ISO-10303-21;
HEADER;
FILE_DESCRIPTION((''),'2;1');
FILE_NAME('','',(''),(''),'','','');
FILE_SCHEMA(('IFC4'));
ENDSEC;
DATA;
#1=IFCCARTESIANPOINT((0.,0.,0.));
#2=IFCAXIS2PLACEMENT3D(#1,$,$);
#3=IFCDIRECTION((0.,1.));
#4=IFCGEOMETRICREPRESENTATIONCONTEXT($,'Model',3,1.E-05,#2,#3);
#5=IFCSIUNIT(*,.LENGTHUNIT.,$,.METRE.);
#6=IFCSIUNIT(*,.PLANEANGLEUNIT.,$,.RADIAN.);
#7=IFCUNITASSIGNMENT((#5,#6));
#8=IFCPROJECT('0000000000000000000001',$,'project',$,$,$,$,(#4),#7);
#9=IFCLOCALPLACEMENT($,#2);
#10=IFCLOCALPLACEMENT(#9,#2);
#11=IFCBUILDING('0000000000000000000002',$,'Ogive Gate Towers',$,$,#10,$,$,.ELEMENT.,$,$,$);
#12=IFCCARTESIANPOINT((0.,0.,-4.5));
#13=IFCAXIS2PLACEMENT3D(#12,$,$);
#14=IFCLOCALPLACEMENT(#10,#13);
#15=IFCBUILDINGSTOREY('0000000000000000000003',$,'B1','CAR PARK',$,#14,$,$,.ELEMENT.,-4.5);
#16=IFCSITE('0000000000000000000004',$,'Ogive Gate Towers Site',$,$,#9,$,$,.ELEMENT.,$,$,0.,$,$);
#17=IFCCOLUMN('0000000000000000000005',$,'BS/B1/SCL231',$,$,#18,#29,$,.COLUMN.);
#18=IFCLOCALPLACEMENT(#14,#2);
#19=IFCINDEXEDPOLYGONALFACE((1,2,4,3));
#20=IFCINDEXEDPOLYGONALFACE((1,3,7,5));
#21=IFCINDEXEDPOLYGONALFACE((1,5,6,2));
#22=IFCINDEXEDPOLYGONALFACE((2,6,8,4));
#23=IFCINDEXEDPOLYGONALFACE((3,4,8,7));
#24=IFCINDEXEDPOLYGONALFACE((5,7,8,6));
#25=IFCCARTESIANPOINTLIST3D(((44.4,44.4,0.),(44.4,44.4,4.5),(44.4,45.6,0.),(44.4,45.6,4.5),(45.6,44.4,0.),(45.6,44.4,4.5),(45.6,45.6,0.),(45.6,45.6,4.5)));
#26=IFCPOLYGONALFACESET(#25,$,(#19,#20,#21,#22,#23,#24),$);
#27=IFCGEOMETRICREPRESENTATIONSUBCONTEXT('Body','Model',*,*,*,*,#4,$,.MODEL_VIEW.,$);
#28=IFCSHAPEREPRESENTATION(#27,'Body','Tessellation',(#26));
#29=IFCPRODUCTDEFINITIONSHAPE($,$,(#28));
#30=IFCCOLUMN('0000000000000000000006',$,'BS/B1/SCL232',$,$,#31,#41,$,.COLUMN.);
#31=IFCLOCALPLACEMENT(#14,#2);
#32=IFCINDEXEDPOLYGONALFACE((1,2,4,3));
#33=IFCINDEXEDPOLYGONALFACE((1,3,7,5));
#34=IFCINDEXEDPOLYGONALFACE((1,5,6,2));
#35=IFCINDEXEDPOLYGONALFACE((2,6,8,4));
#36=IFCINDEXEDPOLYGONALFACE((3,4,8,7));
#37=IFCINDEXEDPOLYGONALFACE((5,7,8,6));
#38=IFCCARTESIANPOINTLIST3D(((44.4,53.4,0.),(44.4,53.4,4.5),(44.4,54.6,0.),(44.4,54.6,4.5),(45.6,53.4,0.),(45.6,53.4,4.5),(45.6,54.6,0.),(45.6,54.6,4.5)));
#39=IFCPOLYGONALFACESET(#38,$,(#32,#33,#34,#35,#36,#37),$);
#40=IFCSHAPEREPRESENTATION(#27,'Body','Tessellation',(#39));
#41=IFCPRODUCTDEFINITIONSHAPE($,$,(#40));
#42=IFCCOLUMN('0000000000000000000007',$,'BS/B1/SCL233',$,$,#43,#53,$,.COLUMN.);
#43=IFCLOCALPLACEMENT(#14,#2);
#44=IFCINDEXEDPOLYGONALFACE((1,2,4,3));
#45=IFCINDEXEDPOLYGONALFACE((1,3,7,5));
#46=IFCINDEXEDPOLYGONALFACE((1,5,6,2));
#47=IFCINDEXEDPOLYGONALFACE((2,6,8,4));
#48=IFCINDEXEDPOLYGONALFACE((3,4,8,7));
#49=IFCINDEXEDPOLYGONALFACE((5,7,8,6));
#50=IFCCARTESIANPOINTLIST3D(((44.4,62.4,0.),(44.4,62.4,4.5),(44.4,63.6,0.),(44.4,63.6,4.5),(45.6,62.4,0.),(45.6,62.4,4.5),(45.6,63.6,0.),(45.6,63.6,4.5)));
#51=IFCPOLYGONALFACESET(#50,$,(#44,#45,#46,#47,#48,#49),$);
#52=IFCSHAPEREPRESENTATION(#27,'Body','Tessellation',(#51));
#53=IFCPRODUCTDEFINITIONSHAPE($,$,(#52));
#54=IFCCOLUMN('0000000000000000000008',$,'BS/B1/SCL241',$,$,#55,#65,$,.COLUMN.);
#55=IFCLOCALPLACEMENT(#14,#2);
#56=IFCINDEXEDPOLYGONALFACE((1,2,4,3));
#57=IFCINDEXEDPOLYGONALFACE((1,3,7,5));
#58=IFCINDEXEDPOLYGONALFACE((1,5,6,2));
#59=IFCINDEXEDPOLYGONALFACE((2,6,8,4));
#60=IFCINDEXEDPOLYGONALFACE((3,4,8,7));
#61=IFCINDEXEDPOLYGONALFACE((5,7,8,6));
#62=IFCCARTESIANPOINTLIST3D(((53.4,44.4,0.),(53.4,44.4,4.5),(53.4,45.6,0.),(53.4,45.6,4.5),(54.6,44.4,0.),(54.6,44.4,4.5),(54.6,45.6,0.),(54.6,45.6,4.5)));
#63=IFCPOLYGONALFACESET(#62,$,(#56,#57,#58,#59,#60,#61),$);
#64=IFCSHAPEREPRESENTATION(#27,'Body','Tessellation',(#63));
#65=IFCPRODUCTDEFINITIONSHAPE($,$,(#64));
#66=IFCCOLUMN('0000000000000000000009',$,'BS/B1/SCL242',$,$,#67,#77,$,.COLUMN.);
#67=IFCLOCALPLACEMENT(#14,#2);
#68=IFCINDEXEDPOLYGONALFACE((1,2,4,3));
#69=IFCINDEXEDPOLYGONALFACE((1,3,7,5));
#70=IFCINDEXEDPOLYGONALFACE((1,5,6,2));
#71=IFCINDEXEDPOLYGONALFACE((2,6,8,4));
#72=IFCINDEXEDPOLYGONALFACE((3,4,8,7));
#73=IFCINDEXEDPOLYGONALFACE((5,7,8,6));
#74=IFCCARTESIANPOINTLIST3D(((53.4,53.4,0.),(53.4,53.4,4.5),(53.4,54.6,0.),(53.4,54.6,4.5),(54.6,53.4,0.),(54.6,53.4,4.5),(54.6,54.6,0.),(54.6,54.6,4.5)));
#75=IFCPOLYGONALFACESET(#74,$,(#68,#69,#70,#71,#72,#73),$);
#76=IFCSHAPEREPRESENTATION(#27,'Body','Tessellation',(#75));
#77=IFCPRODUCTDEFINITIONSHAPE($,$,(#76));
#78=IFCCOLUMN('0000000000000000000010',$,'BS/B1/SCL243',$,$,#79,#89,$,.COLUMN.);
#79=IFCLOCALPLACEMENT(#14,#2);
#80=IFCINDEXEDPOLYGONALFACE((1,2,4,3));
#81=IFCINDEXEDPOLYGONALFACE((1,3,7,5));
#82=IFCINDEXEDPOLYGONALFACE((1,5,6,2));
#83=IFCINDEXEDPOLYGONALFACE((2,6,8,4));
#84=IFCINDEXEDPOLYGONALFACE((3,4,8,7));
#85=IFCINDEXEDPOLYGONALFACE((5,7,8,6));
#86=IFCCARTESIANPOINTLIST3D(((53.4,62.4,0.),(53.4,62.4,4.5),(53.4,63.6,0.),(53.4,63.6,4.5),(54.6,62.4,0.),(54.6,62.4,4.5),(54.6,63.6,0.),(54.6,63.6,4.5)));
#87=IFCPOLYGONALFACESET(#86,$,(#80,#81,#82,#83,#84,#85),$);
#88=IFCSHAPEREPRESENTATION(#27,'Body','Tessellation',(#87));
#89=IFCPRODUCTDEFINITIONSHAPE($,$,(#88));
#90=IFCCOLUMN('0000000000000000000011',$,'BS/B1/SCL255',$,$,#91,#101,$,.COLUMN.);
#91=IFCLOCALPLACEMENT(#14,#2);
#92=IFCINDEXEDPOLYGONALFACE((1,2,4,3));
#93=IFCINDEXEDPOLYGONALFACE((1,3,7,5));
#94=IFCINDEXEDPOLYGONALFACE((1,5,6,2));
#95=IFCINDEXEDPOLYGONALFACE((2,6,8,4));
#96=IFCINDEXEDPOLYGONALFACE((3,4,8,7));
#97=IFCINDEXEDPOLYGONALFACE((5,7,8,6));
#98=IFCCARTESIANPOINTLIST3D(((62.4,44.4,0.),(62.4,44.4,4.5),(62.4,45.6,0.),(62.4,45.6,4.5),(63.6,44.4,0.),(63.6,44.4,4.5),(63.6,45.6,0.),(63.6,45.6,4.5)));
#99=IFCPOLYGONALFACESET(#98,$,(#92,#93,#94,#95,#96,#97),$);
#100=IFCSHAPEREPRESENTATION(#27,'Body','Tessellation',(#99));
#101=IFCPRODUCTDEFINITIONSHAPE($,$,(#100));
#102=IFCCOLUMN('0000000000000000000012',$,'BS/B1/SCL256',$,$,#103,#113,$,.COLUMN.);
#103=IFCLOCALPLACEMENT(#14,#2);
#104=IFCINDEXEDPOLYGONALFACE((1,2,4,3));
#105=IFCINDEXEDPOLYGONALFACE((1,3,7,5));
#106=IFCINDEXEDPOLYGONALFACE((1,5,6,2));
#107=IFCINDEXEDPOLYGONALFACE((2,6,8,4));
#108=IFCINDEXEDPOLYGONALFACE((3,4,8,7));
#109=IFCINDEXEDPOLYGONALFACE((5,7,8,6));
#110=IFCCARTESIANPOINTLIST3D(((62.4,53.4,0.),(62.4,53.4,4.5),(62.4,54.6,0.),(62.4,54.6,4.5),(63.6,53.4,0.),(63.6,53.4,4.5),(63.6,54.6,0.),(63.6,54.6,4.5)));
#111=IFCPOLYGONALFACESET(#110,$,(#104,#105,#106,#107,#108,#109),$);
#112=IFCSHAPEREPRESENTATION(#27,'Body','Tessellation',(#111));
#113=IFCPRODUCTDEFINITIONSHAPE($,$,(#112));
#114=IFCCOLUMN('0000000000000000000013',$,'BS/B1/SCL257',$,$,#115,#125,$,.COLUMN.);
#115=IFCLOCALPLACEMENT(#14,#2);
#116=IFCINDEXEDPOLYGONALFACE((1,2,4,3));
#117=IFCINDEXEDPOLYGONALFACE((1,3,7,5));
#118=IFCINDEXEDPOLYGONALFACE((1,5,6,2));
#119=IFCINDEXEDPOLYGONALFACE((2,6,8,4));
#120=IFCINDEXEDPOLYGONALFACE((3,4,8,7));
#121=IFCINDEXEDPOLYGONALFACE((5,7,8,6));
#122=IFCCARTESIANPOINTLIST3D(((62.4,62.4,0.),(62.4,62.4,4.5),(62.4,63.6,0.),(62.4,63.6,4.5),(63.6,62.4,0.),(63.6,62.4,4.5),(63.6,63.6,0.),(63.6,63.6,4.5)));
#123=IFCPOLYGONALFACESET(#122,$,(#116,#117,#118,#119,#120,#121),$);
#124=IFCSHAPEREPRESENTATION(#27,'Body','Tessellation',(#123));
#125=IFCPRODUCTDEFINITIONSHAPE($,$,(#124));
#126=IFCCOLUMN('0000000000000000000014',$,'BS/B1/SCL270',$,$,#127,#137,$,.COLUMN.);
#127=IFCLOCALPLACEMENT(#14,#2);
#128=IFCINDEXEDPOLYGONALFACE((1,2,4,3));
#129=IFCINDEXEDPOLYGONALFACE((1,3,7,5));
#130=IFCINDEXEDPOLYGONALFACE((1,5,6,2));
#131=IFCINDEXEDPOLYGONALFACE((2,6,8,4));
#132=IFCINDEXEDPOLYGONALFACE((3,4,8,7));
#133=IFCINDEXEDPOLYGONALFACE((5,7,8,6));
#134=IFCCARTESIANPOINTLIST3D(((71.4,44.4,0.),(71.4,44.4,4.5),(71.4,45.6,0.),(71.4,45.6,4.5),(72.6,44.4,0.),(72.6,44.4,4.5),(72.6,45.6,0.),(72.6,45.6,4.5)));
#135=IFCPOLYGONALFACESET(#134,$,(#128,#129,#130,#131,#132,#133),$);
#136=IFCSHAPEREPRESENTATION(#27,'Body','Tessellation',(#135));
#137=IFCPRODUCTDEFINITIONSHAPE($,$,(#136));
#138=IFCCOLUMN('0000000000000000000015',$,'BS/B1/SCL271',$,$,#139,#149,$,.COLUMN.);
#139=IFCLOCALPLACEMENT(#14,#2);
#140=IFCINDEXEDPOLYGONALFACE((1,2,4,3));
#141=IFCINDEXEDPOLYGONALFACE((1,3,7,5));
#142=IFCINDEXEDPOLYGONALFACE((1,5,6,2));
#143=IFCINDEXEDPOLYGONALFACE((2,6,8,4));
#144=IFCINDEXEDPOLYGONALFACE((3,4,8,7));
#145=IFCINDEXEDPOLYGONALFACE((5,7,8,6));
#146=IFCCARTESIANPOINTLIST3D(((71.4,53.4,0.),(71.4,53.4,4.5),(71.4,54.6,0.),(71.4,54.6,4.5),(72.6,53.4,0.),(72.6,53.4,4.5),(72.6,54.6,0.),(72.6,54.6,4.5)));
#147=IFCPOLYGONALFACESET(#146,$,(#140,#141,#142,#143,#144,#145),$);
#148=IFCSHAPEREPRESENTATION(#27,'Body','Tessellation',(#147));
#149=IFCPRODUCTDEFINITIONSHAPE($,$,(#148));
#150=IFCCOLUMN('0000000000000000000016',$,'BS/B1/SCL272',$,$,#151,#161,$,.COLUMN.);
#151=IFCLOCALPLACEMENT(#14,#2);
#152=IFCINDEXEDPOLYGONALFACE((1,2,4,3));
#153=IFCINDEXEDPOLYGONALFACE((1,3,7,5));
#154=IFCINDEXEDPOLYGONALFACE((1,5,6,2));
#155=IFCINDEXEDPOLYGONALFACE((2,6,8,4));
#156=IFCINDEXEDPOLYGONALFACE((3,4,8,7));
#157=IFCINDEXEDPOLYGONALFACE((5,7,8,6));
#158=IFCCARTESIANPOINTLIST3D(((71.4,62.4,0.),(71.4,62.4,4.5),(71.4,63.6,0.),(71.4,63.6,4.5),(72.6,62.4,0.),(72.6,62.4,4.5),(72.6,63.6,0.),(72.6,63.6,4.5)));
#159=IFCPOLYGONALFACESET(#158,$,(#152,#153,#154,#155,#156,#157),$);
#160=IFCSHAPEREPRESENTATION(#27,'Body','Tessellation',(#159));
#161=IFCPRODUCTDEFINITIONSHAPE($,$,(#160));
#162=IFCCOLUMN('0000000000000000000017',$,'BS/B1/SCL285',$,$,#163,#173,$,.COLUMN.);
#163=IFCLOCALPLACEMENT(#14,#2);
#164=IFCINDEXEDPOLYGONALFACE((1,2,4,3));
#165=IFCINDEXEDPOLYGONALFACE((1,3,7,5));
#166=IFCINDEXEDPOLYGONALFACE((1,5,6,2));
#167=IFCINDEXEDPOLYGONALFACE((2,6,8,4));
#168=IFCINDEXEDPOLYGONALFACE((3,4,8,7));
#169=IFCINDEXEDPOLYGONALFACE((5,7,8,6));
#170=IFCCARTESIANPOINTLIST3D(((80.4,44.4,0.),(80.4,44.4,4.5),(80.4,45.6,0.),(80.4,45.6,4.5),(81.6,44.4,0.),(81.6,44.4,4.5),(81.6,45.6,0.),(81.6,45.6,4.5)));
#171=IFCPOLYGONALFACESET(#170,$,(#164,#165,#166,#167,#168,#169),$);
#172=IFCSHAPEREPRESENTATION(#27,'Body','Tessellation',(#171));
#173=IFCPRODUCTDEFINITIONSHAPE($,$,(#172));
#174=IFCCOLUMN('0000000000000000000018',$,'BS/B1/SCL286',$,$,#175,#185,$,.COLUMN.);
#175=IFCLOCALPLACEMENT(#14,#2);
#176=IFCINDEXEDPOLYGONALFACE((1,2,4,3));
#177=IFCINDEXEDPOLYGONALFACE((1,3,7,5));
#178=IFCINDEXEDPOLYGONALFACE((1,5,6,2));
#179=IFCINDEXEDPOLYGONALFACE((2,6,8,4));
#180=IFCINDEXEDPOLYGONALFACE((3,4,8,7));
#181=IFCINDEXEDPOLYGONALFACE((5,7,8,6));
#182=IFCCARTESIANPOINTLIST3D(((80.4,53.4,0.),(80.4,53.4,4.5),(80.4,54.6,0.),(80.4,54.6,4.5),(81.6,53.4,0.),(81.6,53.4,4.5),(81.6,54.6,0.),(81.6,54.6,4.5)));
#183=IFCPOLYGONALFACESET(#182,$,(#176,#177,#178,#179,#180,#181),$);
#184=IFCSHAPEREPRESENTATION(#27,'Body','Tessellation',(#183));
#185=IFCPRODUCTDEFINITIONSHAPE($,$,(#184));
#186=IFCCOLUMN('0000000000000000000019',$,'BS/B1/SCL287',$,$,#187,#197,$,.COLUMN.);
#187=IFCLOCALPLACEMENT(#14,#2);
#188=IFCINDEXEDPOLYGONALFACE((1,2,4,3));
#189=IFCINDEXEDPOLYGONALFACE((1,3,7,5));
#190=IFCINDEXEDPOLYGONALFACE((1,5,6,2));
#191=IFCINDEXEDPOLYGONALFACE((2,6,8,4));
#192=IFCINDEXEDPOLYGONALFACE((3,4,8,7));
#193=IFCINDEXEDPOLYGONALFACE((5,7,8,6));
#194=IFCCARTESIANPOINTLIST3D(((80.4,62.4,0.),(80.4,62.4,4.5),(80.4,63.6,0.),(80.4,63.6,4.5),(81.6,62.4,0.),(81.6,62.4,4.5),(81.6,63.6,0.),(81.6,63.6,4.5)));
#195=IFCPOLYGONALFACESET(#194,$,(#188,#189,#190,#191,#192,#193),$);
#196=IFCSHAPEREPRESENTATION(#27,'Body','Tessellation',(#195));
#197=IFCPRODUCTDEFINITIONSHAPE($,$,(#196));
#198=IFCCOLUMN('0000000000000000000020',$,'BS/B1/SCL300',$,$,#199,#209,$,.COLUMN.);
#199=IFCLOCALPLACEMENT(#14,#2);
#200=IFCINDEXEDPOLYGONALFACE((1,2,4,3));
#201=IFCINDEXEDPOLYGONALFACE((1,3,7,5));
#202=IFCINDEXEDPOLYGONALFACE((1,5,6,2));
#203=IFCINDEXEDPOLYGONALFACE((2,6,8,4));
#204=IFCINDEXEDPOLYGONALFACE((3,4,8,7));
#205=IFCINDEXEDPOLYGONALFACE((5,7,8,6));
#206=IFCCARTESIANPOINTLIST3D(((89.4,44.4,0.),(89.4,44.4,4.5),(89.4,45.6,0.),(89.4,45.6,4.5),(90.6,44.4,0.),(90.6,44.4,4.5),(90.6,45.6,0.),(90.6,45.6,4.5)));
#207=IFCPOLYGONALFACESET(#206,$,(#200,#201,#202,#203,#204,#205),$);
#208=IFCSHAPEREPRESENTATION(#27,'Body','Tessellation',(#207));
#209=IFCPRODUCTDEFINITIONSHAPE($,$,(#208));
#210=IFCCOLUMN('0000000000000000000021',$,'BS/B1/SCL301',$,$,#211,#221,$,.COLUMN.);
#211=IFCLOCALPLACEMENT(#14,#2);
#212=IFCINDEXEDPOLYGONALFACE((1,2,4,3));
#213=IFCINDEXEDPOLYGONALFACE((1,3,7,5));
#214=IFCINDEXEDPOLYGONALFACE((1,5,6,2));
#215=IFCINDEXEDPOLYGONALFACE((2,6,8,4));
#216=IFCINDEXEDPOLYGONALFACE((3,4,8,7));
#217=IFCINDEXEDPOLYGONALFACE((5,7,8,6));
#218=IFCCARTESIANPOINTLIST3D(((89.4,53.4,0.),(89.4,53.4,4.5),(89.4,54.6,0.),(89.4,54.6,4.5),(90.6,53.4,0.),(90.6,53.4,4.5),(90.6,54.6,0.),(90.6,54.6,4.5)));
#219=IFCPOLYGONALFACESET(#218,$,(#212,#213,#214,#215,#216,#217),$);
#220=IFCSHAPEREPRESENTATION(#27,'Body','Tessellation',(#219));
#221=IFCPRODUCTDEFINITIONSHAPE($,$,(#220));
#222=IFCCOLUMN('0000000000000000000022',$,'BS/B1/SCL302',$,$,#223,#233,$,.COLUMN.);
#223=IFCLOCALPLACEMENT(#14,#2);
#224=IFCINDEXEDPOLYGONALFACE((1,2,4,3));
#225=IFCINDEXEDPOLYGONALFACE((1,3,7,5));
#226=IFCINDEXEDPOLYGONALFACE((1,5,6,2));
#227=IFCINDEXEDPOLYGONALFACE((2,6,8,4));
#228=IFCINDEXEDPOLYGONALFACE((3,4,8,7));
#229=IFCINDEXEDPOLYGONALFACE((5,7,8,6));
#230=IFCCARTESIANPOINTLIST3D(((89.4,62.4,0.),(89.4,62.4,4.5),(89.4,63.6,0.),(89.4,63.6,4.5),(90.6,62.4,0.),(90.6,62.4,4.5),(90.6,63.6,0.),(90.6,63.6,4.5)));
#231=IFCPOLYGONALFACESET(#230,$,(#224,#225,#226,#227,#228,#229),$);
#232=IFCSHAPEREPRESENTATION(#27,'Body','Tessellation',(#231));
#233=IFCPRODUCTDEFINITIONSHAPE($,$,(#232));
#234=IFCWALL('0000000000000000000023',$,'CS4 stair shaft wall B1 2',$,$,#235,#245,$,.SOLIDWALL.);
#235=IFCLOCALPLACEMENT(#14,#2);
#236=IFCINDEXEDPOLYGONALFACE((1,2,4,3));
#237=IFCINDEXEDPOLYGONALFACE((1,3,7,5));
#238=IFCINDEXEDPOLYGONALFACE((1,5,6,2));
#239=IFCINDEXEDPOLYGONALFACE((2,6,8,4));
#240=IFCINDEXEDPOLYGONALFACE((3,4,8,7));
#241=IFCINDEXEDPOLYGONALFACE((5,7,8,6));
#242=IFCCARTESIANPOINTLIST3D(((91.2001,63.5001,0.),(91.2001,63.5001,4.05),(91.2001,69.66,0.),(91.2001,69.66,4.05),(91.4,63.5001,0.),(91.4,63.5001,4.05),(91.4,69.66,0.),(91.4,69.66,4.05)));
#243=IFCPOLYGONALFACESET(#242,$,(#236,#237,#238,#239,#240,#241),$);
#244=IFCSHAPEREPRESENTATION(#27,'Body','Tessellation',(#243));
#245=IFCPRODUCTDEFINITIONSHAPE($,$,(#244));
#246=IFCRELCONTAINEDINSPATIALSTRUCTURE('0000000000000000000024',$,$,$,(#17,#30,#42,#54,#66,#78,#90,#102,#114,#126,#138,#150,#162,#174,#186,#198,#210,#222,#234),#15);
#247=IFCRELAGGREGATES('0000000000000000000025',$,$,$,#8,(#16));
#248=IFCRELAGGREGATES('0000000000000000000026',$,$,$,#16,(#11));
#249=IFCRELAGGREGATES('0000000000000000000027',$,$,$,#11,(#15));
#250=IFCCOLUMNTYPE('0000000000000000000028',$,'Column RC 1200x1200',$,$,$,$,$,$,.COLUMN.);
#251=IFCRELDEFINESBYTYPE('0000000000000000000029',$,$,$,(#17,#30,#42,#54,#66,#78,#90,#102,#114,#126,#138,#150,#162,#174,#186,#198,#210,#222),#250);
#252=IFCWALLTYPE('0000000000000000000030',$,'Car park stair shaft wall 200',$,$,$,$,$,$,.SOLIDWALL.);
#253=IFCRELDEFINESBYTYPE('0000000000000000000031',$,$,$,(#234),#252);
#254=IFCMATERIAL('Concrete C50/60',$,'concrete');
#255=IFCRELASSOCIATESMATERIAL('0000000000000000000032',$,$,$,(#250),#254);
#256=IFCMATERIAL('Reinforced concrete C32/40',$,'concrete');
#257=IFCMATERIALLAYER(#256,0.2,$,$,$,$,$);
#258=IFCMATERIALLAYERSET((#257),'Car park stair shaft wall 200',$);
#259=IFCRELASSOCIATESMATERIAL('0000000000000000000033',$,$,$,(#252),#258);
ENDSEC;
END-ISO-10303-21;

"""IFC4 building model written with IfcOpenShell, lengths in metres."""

from ifc_helpers import new_model, si_unit, direction, frame, frame_2d, origin, origin_2d, place, context, subcontext, project, spatial, rectangle, extrude, material, layer, layer_set, material_profile, profile_set, type_object, element, save


model = new_model("IFC4")

# Units and contexts
model_context = context("Model", 3, precision=1e-05, world=origin(), true_north=direction((0.0, 1.0)))
body_context = subcontext(model_context, "Body", "Model", "MODEL_VIEW")
ifc_project = project(units=[si_unit("LENGTHUNIT", "METRE"), si_unit("PLANEANGLEUNIT", "RADIAN")], contexts=[model_context])

# Site, building, storey
site_placement = place(None, origin())
site = spatial("IfcSite", under=ifc_project, at=site_placement, Name="Ogive Gate Towers Site", CompositionType="ELEMENT", RefElevation=0.0)
building_placement = place(site_placement, origin())
building = spatial("IfcBuilding", under=site, at=building_placement, Name="Ogive Gate Towers", CompositionType="ELEMENT")
storey_placement = place(building_placement, frame((0.0, 0.0, -4.5)))
storey = spatial("IfcBuildingStorey", under=building, at=storey_placement, Name="B1", Description="CAR PARK", CompositionType="ELEMENT", Elevation=-4.5)

# Columns
ifc_material_1 = material(Name="Concrete C50/60", Category="concrete")
ifc_material_profile = material_profile(ifc_material_1, rectangle(XDim=1.2, YDim=1.2, at=origin_2d()), Name="RC 1200x1200")
ifc_profile_set = profile_set([ifc_material_profile], Name="Concrete C50/60")
column_type = type_object("IfcColumnType", Name="Column RC 1200x1200", PredefinedType="COLUMN", material=ifc_profile_set)
for number, where, z_axis, x_axis, name in (
    (1, (45.0, 45.0, 0.0), (0.0, 0.0, 1.0), (1.0, 0.0, 0.0), "BS/B1/SCL231"),
    (2, (45.0, 54.0, 0.0), (0.0, 0.0, 1.0), (1.0, 0.0, 0.0), "BS/B1/SCL232"),
    (3, (45.0, 63.0, 0.0), (0.0, 0.0, 1.0), (1.0, 0.0, 0.0), "BS/B1/SCL233"),
    (4, (54.0, 45.0, 0.0), (0.0, 0.0, 1.0), (1.0, 0.0, 0.0), "BS/B1/SCL241"),
    (5, (54.0, 54.0, 0.0), (0.0, 0.0, 1.0), (1.0, 0.0, 0.0), "BS/B1/SCL242"),
    (6, (54.0, 63.0, 0.0), (0.0, 0.0, 1.0), (1.0, 0.0, 0.0), "BS/B1/SCL243"),
    (7, (63.0, 45.0, 0.0), (0.0, 0.0, 1.0), (1.0, 0.0, 0.0), "BS/B1/SCL255"),
    (8, (63.0, 54.0, 0.0), (0.0, 0.0, 1.0), (1.0, 0.0, 0.0), "BS/B1/SCL256"),
    (9, (63.0, 63.0, 0.0), (0.0, 0.0, 1.0), (1.0, 0.0, 0.0), "BS/B1/SCL257"),
    (10, (72.0, 45.0, 0.0), (0.0, 0.0, 1.0), (1.0, 0.0, 0.0), "BS/B1/SCL270"),
    (11, (72.0, 54.0, 0.0), (0.0, 0.0, 1.0), (1.0, 0.0, 0.0), "BS/B1/SCL271"),
    (12, (72.0, 63.0, 0.0), (0.0, 0.0, 1.0), (1.0, 0.0, 0.0), "BS/B1/SCL272"),
    (13, (81.0, 45.0, 0.0), (0.0, 0.0, 1.0), (1.0, 0.0, 0.0), "BS/B1/SCL285"),
    (14, (81.0, 54.0, 0.0), (0.0, 0.0, 1.0), (1.0, 0.0, 0.0), "BS/B1/SCL286"),
    (15, (81.0, 63.0, 0.0), (0.0, 0.0, 1.0), (1.0, 0.0, 0.0), "BS/B1/SCL287"),
    (16, (90.0, 45.0, 0.0), (0.0, 0.0, 1.0), (1.0, 0.0, 0.0), "BS/B1/SCL300"),
    (17, (90.0, 54.0, 0.0), (0.0, 0.0, 1.0), (1.0, 0.0, 0.0), "BS/B1/SCL301"),
    (18, (90.0, 63.0, 0.0), (0.0, 0.0, 1.0), (1.0, 0.0, 0.0), "BS/B1/SCL302"),
):
    element("IfcColumn", number, at=place(storey_placement, frame(where, z_axis=z_axis, x_axis=x_axis)), inside=storey, type_object=column_type, Name=name, PredefinedType="COLUMN", context=body_context, shape_type="SweptSolid", body=[
        extrude(rectangle(XDim=1.2, YDim=1.2, at=origin_2d()), origin(), (0.0, 0.0, 1.0), 4.5),
    ])

# Wall
ifc_material_2 = material(Name="Reinforced concrete C32/40", Category="concrete")
ifc_layer_1 = layer(ifc_material_2, 0.2)
ifc_layer_set_1 = layer_set([ifc_layer_1], Name="Car park stair shaft wall 200")
wall_type_1 = type_object("IfcWallType", Name="Car park stair shaft wall 200", PredefinedType="SOLIDWALL", material=ifc_layer_set_1)
wall_1_placement = place(storey_placement, frame((91.3, 63.5, 0.0), z_axis=(0.0, 0.0, 1.0), x_axis=(0.0, 1.0, 0.0)))
element("IfcWall", 19, at=wall_1_placement, inside=storey, type_object=wall_type_1, Name="CS4 stair shaft wall B1 2", PredefinedType="SOLIDWALL", context=body_context, shape_type="SweptSolid", body=[
    extrude(rectangle(XDim=6.1599, YDim=0.2, at=frame_2d((3.0801, 0.0))), origin(), (0.0, 0.0, 1.0), 4.05),
])

save(model, "model.ifc")
